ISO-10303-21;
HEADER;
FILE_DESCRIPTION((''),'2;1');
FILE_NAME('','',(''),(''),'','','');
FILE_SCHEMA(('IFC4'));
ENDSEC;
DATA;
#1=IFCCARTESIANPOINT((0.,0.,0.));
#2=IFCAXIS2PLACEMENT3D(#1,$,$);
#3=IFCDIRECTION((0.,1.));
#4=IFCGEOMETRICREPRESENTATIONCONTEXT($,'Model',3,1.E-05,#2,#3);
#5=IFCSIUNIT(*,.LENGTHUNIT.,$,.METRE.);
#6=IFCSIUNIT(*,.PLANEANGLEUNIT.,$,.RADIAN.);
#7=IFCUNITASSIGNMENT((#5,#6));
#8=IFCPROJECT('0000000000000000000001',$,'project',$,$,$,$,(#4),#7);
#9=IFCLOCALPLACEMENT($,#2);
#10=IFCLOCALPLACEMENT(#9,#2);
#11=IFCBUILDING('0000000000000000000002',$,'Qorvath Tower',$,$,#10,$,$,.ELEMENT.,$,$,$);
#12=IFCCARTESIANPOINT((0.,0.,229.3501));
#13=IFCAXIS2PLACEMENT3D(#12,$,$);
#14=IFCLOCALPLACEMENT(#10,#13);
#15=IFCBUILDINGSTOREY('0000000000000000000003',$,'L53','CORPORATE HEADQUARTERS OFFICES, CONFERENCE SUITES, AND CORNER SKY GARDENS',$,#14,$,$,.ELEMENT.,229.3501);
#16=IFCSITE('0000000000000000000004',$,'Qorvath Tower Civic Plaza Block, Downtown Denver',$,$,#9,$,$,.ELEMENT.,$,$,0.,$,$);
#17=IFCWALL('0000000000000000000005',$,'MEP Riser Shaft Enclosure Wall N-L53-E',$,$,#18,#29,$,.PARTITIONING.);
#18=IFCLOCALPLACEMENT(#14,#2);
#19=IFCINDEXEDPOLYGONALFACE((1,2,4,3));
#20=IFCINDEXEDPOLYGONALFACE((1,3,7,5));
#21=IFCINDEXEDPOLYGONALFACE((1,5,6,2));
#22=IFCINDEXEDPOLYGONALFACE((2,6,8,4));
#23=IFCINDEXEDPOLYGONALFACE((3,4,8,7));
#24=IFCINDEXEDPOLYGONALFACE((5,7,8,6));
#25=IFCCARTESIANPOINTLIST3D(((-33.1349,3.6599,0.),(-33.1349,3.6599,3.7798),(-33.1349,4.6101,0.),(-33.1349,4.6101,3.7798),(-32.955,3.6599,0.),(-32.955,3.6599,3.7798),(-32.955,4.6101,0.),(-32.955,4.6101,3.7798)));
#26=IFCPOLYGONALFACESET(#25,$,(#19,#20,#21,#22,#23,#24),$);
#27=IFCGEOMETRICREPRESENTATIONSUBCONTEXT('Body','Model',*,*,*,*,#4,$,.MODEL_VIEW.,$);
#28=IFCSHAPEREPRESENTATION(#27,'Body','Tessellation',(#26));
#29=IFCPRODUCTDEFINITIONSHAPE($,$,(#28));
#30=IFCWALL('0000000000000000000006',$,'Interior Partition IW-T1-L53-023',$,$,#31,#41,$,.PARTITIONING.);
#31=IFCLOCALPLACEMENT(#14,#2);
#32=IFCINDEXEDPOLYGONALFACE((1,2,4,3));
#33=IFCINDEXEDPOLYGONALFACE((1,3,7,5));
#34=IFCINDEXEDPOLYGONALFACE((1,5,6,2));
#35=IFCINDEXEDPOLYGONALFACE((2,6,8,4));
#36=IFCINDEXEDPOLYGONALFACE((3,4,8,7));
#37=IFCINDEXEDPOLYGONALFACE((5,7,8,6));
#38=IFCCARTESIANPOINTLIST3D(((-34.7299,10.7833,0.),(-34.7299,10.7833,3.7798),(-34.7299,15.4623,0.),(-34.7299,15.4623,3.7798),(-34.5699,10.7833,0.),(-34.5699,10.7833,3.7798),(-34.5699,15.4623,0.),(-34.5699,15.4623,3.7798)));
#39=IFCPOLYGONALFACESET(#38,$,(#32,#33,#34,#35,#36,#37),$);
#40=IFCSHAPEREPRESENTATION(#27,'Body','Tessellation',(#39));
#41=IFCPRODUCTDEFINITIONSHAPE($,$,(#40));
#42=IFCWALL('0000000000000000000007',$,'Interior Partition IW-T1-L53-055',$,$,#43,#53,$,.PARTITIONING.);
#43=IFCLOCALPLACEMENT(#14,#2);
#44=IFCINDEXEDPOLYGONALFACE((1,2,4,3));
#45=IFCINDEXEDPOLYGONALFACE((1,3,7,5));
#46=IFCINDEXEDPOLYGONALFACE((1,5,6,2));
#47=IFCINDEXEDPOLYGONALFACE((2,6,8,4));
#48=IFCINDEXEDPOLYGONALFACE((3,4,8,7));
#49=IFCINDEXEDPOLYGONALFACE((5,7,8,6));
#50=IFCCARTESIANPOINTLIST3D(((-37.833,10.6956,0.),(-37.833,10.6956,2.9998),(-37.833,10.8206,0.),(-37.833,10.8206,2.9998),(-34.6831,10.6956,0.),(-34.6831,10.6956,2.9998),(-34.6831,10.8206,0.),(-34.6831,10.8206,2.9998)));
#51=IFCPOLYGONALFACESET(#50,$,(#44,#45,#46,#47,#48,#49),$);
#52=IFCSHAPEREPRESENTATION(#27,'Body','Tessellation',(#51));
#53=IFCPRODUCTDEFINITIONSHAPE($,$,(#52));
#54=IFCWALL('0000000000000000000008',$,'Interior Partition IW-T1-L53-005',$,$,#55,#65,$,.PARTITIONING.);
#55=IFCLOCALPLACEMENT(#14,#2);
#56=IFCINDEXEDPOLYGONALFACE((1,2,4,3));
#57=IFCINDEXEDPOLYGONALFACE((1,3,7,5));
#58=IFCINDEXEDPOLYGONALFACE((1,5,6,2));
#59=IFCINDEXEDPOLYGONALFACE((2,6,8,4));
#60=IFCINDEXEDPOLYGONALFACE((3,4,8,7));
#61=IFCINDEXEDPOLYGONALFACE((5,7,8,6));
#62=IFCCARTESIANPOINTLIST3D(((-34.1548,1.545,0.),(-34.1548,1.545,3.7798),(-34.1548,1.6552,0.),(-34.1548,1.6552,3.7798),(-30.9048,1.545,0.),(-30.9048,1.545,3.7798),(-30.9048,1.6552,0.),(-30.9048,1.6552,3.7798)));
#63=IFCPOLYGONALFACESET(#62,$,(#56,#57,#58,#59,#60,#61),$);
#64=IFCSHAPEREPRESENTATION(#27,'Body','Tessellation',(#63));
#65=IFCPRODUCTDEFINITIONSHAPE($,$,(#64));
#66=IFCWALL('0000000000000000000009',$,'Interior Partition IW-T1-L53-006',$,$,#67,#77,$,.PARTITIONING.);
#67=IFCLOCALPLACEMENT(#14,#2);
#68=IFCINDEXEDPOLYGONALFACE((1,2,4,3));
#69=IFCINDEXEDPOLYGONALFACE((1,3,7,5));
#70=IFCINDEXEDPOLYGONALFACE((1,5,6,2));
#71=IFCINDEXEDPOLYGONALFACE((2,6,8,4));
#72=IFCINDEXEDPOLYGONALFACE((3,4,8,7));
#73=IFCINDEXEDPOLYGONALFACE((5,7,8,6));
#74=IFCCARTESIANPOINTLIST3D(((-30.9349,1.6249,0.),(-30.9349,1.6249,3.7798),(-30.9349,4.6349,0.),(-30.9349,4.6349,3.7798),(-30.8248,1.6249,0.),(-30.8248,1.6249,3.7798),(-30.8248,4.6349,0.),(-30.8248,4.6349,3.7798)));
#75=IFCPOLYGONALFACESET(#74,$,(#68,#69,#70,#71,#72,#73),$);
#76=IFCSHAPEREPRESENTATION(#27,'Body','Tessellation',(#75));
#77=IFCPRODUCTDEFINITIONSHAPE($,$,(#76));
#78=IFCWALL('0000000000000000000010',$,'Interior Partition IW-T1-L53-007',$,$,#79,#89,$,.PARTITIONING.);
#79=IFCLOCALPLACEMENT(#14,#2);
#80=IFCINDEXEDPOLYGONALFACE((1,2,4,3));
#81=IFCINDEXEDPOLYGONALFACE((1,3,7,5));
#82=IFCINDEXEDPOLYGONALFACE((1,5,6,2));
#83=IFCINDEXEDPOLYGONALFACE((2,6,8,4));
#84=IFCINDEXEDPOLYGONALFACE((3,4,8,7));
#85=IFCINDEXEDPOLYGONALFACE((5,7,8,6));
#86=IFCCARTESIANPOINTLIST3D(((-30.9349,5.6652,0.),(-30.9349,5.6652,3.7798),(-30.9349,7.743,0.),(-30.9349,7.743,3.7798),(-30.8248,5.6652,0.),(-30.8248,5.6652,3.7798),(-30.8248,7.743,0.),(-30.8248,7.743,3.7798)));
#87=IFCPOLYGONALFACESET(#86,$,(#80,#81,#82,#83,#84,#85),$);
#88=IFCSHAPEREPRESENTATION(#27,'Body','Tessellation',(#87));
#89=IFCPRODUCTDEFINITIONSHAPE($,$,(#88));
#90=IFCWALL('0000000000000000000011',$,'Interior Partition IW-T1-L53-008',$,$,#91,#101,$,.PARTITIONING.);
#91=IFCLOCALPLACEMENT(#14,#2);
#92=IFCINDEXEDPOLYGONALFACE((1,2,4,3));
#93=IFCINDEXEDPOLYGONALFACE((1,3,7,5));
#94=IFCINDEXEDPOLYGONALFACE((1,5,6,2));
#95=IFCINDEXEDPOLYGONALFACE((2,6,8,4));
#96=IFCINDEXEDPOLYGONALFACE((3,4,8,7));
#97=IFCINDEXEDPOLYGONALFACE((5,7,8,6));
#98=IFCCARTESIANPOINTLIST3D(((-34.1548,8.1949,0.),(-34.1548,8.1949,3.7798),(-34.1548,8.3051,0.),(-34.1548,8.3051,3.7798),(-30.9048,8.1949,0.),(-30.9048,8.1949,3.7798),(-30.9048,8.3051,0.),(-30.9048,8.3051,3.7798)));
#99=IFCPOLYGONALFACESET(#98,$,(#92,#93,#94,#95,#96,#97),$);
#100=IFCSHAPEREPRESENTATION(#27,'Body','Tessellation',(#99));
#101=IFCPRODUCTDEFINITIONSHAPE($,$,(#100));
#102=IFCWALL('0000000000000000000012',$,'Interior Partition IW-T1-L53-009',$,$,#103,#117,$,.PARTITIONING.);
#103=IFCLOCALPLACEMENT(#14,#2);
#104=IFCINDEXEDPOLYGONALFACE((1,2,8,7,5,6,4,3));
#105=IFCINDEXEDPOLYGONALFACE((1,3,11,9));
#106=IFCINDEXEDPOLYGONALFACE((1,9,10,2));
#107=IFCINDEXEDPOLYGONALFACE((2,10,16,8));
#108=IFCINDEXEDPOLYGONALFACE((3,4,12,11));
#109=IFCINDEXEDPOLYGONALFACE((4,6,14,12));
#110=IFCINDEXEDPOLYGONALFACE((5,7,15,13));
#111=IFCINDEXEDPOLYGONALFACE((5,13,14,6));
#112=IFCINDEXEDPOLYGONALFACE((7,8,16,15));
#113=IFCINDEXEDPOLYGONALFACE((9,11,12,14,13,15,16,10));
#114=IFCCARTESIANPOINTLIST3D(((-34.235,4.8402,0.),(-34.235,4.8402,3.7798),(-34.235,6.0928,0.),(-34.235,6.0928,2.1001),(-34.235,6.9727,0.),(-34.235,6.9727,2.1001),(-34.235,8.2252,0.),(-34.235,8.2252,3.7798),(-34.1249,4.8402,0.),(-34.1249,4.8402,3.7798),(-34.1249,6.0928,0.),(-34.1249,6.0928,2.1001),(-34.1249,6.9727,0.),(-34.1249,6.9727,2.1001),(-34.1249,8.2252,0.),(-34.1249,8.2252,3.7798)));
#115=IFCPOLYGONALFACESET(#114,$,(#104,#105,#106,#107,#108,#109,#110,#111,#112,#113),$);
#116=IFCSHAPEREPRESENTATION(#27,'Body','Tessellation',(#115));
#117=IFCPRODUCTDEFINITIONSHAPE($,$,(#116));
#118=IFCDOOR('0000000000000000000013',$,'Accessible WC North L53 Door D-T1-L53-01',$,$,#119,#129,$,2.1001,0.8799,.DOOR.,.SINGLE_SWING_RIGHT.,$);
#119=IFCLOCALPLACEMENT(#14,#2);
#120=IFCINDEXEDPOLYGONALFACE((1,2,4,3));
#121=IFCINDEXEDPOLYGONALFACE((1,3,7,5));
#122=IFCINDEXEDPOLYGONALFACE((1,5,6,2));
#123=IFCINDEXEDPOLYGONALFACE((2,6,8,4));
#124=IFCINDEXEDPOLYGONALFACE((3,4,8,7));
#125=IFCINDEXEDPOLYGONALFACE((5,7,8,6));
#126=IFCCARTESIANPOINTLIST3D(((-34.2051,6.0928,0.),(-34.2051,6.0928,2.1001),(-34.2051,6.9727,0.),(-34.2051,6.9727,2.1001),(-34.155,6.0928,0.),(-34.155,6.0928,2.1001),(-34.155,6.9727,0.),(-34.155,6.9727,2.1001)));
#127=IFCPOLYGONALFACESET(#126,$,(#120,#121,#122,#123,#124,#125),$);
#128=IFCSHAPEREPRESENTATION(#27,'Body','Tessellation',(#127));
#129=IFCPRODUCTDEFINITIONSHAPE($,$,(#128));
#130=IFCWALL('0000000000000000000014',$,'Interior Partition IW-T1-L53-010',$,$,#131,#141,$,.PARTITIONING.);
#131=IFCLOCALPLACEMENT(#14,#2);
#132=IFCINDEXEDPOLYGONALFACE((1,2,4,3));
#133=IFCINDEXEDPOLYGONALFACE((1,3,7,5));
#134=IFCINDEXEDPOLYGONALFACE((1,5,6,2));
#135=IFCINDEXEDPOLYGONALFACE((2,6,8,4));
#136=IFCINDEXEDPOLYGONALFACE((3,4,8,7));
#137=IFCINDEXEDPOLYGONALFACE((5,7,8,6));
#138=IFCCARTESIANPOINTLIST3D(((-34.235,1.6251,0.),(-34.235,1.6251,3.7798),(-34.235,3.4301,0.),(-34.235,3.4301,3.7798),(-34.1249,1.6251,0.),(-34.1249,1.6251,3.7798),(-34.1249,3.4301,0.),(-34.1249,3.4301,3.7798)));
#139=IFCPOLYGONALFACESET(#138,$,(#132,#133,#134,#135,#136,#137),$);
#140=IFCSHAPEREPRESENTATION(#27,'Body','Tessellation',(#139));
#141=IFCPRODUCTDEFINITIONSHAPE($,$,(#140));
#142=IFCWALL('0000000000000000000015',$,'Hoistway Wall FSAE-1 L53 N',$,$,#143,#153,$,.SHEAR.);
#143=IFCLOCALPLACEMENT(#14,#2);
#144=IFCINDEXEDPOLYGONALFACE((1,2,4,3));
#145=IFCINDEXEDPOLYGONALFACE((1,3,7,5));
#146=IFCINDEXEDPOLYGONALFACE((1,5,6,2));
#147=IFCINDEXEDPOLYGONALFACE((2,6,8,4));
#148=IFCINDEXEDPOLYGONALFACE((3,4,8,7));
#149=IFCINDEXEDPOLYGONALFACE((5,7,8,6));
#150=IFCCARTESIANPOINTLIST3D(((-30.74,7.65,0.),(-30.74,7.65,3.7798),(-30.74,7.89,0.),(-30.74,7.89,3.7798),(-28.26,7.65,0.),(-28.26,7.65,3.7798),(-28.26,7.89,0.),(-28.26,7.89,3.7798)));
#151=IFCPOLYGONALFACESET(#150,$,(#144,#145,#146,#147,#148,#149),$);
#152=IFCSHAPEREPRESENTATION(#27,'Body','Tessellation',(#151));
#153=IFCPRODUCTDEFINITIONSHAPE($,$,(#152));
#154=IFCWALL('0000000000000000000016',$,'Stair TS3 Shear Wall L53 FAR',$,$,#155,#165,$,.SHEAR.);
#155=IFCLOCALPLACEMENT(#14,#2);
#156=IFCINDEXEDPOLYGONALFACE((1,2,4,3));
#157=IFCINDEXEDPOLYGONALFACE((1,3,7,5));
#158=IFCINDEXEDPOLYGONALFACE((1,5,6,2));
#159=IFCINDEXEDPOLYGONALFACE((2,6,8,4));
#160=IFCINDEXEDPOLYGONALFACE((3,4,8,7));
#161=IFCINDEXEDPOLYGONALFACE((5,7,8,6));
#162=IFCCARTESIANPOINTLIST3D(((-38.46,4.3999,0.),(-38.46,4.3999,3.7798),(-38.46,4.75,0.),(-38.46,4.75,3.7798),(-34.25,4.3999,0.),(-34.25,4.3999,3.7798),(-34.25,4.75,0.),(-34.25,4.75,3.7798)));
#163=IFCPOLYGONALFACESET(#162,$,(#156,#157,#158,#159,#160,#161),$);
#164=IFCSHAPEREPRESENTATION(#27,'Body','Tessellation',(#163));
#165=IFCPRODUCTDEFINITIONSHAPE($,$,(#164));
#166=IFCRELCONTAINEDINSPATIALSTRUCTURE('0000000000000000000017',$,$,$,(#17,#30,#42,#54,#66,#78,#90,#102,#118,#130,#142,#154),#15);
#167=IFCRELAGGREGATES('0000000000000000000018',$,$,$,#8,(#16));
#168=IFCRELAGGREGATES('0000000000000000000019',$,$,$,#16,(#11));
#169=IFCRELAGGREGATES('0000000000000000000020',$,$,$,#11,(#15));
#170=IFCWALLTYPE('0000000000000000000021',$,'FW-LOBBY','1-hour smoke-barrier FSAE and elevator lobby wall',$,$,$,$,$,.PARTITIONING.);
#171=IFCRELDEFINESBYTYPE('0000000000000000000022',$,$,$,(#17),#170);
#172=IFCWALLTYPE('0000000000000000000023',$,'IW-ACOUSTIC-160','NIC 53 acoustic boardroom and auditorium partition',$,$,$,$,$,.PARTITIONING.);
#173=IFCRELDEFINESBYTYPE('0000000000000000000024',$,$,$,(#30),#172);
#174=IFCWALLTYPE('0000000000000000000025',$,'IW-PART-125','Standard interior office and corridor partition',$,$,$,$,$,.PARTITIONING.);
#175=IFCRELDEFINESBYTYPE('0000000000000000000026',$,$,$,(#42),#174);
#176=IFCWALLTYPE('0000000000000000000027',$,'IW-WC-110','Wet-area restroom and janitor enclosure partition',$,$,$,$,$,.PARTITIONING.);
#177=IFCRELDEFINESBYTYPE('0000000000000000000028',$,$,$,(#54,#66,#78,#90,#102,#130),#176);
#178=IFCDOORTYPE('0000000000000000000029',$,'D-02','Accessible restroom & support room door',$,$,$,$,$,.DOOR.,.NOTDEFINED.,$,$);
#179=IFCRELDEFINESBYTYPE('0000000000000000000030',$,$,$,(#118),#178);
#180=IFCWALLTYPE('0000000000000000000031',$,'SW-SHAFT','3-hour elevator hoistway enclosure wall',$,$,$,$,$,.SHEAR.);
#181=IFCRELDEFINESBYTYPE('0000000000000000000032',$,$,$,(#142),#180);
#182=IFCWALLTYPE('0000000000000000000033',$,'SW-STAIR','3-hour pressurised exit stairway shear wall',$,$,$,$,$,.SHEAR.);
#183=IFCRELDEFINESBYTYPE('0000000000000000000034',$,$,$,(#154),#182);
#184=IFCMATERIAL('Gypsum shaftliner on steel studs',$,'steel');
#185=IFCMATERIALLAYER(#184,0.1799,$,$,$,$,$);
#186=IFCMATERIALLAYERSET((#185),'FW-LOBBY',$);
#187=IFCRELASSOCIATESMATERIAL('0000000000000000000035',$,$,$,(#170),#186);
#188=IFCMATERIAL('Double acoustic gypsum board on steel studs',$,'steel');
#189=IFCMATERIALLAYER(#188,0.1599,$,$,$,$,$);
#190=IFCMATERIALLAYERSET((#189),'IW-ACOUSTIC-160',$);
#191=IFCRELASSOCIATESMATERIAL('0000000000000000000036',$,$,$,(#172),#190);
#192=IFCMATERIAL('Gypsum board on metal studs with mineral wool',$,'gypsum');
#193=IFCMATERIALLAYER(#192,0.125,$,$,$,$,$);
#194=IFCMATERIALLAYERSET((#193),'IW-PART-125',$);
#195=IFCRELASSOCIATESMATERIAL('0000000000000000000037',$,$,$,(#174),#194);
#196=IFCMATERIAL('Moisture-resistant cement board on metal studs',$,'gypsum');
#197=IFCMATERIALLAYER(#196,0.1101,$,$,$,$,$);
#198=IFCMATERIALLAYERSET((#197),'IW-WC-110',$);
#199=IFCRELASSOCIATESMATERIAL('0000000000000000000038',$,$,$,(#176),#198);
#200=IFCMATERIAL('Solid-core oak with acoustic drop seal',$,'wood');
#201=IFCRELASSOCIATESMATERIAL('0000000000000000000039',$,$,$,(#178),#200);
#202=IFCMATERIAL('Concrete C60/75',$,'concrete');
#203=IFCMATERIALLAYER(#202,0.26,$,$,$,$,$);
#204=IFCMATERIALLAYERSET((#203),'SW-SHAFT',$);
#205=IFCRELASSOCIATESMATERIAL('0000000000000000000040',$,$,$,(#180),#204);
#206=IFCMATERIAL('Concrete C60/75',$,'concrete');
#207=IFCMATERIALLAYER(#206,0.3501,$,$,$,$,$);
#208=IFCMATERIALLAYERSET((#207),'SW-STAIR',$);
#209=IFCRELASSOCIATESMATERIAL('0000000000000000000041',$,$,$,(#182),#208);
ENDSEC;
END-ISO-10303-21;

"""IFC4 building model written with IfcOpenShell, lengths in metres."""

from ifc_helpers import new_model, si_unit, direction, frame, frame_2d, origin, place, context, subcontext, project, spatial, rectangle, extrude, material, layer, layer_set, type_object, element, fill, save


model = new_model("IFC4")

# Units and contexts
model_context = context("Model", 3, precision=1e-05, world=origin(), true_north=direction((0.0, 1.0)))
body_context = subcontext(model_context, "Body", "Model", "MODEL_VIEW")
ifc_project = project(units=[si_unit("LENGTHUNIT", "METRE"), si_unit("PLANEANGLEUNIT", "RADIAN")], contexts=[model_context])

# Site, building, storey
site_placement = place(None, origin())
site = spatial("IfcSite", under=ifc_project, at=site_placement, Name="Qorvath Tower Civic Plaza Block, Downtown Denver", CompositionType="ELEMENT", RefElevation=0.0)
building_placement = place(site_placement, origin())
building = spatial("IfcBuilding", under=site, at=building_placement, Name="Qorvath Tower", CompositionType="ELEMENT")
storey_placement = place(building_placement, frame((0.0, 0.0, 229.3501)))
storey = spatial("IfcBuildingStorey", under=building, at=storey_placement, Name="L53", Description="CORPORATE HEADQUARTERS OFFICES, CONFERENCE SUITES, AND CORNER SKY GARDENS", CompositionType="ELEMENT", Elevation=229.3501)

# Wall
ifc_material_1 = material(Name="Gypsum shaftliner on steel studs", Category="steel")
ifc_layer_1 = layer(ifc_material_1, 0.1799)
ifc_layer_set_1 = layer_set([ifc_layer_1], Name="FW-LOBBY")
wall_type_1 = type_object("IfcWallType", Name="FW-LOBBY", Description="1-hour smoke-barrier FSAE and elevator lobby wall", PredefinedType="PARTITIONING", material=ifc_layer_set_1)
for number, where, z_axis, x_axis, name in (
    (1, (-33.0449, 4.6101, 0.0), (0.0, 0.0, 1.0), (0.0, -1.0, 0.0), "MEP Riser Shaft Enclosure Wall N-L53-E"),
):
    element("IfcWall", number, at=place(storey_placement, frame(where, z_axis=z_axis, x_axis=x_axis)), inside=storey, type_object=wall_type_1, Name=name, PredefinedType="PARTITIONING", context=body_context, shape_type="SweptSolid", body=[
        extrude(rectangle(XDim=0.9502, YDim=0.1799, at=frame_2d((0.4751, 0.0))), origin(), (0.0, 0.0, 1.0), 3.7798),
    ])

# Shared definitions
ifc_material_2 = material(Name="Double acoustic gypsum board on steel studs", Category="steel")
ifc_layer_2 = layer(ifc_material_2, 0.1599)
ifc_layer_set_2 = layer_set([ifc_layer_2], Name="IW-ACOUSTIC-160")
wall_type_2 = type_object("IfcWallType", Name="IW-ACOUSTIC-160", Description="NIC 53 acoustic boardroom and auditorium partition", PredefinedType="PARTITIONING", material=ifc_layer_set_2)

# Walls
wall_1_placement = place(storey_placement, frame((-34.6499, 15.4622, 0.0), z_axis=(0.0, 0.0, 1.0), x_axis=(0.0, -1.0, 0.0)))
element("IfcWall", 2, at=wall_1_placement, inside=storey, type_object=wall_type_2, Name="Interior Partition IW-T1-L53-023", PredefinedType="PARTITIONING", context=body_context, shape_type="SweptSolid", body=[
    extrude(rectangle(XDim=4.679, YDim=0.1599, at=frame_2d((2.3394, 0.0))), origin(), (0.0, 0.0, 1.0), 3.7798),
])
ifc_material_3 = material(Name="Gypsum board on metal studs with mineral wool", Category="gypsum")
ifc_layer_3 = layer(ifc_material_3, 0.125)
ifc_layer_set_3 = layer_set([ifc_layer_3], Name="IW-PART-125")
wall_type_3 = type_object("IfcWallType", Name="IW-PART-125", Description="Standard interior office and corridor partition", PredefinedType="PARTITIONING", material=ifc_layer_set_3)
wall_2_placement = place(storey_placement, frame((-34.6831, 10.7581, 0.0), z_axis=(0.0, 0.0, 1.0), x_axis=(-1.0, 0.0, 0.0)))
element("IfcWall", 3, at=wall_2_placement, inside=storey, type_object=wall_type_3, Name="Interior Partition IW-T1-L53-055", PredefinedType="PARTITIONING", context=body_context, shape_type="SweptSolid", body=[
    extrude(rectangle(XDim=3.1499, YDim=0.125, at=frame_2d((1.575, 0.0))), origin(), (0.0, 0.0, 1.0), 2.9998),
])
ifc_material_4 = material(Name="Moisture-resistant cement board on metal studs", Category="gypsum")
ifc_layer_4 = layer(ifc_material_4, 0.1101)
ifc_layer_set_4 = layer_set([ifc_layer_4], Name="IW-WC-110")
wall_type_4 = type_object("IfcWallType", Name="IW-WC-110", Description="Wet-area restroom and janitor enclosure partition", PredefinedType="PARTITIONING", material=ifc_layer_set_4)
wall_3_placement = place(storey_placement, frame((-34.1548, 1.6001, 0.0), z_axis=(0.0, 0.0, 1.0), x_axis=(1.0, 0.0, 0.0)))
element("IfcWall", 4, at=wall_3_placement, inside=storey, type_object=wall_type_4, Name="Interior Partition IW-T1-L53-005", PredefinedType="PARTITIONING", context=body_context, shape_type="SweptSolid", body=[
    extrude(rectangle(XDim=3.25, YDim=0.1101, at=frame_2d((1.625, 0.0))), origin(), (0.0, 0.0, 1.0), 3.7798),
])
wall_4_placement = place(storey_placement, frame((-30.8799, 1.625, 0.0), z_axis=(0.0, 0.0, 1.0), x_axis=(0.0, 1.0, 0.0)))
element("IfcWall", 5, at=wall_4_placement, inside=storey, type_object=wall_type_4, Name="Interior Partition IW-T1-L53-006", PredefinedType="PARTITIONING", context=body_context, shape_type="SweptSolid", body=[
    extrude(rectangle(XDim=3.01, YDim=0.1101, at=frame_2d((1.5049, 0.0))), origin(), (0.0, 0.0, 1.0), 3.7798),
])
wall_5_placement = place(storey_placement, frame((-30.8799, 5.665, 0.0), z_axis=(0.0, 0.0, 1.0), x_axis=(0.0, 1.0, 0.0)))
element("IfcWall", 6, at=wall_5_placement, inside=storey, type_object=wall_type_4, Name="Interior Partition IW-T1-L53-007", PredefinedType="PARTITIONING", context=body_context, shape_type="SweptSolid", body=[
    extrude(rectangle(XDim=2.0779, YDim=0.1101, at=frame_2d((1.0391, 0.0))), origin(), (0.0, 0.0, 1.0), 3.7798),
])
wall_6_placement = place(storey_placement, frame((-30.9048, 8.25, 0.0), z_axis=(0.0, 0.0, 1.0), x_axis=(-1.0, 0.0, 0.0)))
element("IfcWall", 7, at=wall_6_placement, inside=storey, type_object=wall_type_4, Name="Interior Partition IW-T1-L53-008", PredefinedType="PARTITIONING", context=body_context, shape_type="SweptSolid", body=[
    extrude(rectangle(XDim=3.25, YDim=0.1101, at=frame_2d((1.625, 0.0))), origin(), (0.0, 0.0, 1.0), 3.7798),
])

# Wall, opening, door
wall_7_placement = place(storey_placement, frame((-34.1799, 8.2251, 0.0), z_axis=(0.0, 0.0, 1.0), x_axis=(0.0, -1.0, 0.0)))
wall_7 = element("IfcWall", 8, at=wall_7_placement, inside=storey, type_object=wall_type_4, Name="Interior Partition IW-T1-L53-009", PredefinedType="PARTITIONING", context=body_context, shape_type="SweptSolid", body=[
    extrude(rectangle(XDim=3.385, YDim=0.1101, at=frame_2d((1.6924, 0.0))), origin(), (0.0, 0.0, 1.0), 3.7798),
])
opening_1_placement = place(wall_7_placement, frame((1.2524, 0.0, 0.0)))
opening_1 = element("IfcOpeningElement", 9, at=opening_1_placement, cuts=wall_7, PredefinedType="OPENING", context=body_context, shape_type="SweptSolid", body=[
    extrude(rectangle(XDim=0.8799, YDim=2.1001, at=frame_2d((0.4399, 1.05))), frame((0.0, 0.0649, 0.0), z_axis=(0.0, -1.0, 0.0), x_axis=(1.0, 0.0, 0.0)), (0.0, 0.0, 1.0), 0.1301),
])
ifc_material_5 = material(Name="Solid-core oak with acoustic drop seal", Category="wood")
door_type_1 = type_object("IfcDoorType", Name="D-02", Description="Accessible restroom & support room door", OperationType="NOTDEFINED", PredefinedType="DOOR", material=ifc_material_5)
door_1_placement = place(opening_1_placement, origin())
door_1 = element("IfcDoor", 10, at=door_1_placement, inside=storey, type_object=door_type_1, Name="Accessible WC North L53 Door D-T1-L53-01", OperationType="SINGLE_SWING_RIGHT", OverallHeight=2.1001, OverallWidth=0.8799, PredefinedType="DOOR", context=body_context, shape_type="SweptSolid", body=[
    extrude(rectangle(XDim=0.8799, YDim=2.1001, at=frame_2d((0.4399, 1.05))), frame((0.0, 0.0249, 0.0), z_axis=(0.0, -1.0, 0.0), x_axis=(1.0, 0.0, 0.0)), (0.0, 0.0, 1.0), 0.05),
])
fill(opening_1, door_1)

# Walls
wall_8_placement = place(storey_placement, frame((-34.1799, 3.4299, 0.0), z_axis=(0.0, 0.0, 1.0), x_axis=(0.0, -1.0, 0.0)))
element("IfcWall", 11, at=wall_8_placement, inside=storey, type_object=wall_type_4, Name="Interior Partition IW-T1-L53-010", PredefinedType="PARTITIONING", context=body_context, shape_type="SweptSolid", body=[
    extrude(rectangle(XDim=1.8049, YDim=0.1101, at=frame_2d((0.9023, 0.0))), origin(), (0.0, 0.0, 1.0), 3.7798),
])
ifc_material_6 = material(Name="Concrete C60/75", Category="concrete")
ifc_layer_5 = layer(ifc_material_6, 0.26)
ifc_layer_set_5 = layer_set([ifc_layer_5], Name="SW-SHAFT")
wall_type_5 = type_object("IfcWallType", Name="SW-SHAFT", Description="3-hour elevator hoistway enclosure wall", PredefinedType="SHEAR", material=ifc_layer_set_5)
wall_9_placement = place(storey_placement, frame((-30.74, 7.77, 0.0), z_axis=(0.0, 0.0, 1.0), x_axis=(1.0, 0.0, 0.0)))
element("IfcWall", 12, at=wall_9_placement, inside=storey, type_object=wall_type_5, Name="Hoistway Wall FSAE-1 L53 N", PredefinedType="SHEAR", context=body_context, shape_type="SweptSolid", body=[
    extrude(rectangle(XDim=2.48, YDim=0.24, at=frame_2d((1.24, 0.0))), origin(), (0.0, 0.0, 1.0), 3.7798),
])
ifc_material_7 = material(Name="Concrete C60/75", Category="concrete")
ifc_layer_6 = layer(ifc_material_7, 0.3501)
ifc_layer_set_6 = layer_set([ifc_layer_6], Name="SW-STAIR")
wall_type_6 = type_object("IfcWallType", Name="SW-STAIR", Description="3-hour pressurised exit stairway shear wall", PredefinedType="SHEAR", material=ifc_layer_set_6)
wall_10_placement = place(storey_placement, frame((-34.25, 4.575, 0.0), z_axis=(0.0, 0.0, 1.0), x_axis=(-1.0, 0.0, 0.0)))
element("IfcWall", 13, at=wall_10_placement, inside=storey, type_object=wall_type_6, Name="Stair TS3 Shear Wall L53 FAR", PredefinedType="SHEAR", context=body_context, shape_type="SweptSolid", body=[
    extrude(rectangle(XDim=4.21, YDim=0.3501, at=frame_2d((2.105, 0.0))), origin(), (0.0, 0.0, 1.0), 3.7798),
])

save(model, "model.ifc")
